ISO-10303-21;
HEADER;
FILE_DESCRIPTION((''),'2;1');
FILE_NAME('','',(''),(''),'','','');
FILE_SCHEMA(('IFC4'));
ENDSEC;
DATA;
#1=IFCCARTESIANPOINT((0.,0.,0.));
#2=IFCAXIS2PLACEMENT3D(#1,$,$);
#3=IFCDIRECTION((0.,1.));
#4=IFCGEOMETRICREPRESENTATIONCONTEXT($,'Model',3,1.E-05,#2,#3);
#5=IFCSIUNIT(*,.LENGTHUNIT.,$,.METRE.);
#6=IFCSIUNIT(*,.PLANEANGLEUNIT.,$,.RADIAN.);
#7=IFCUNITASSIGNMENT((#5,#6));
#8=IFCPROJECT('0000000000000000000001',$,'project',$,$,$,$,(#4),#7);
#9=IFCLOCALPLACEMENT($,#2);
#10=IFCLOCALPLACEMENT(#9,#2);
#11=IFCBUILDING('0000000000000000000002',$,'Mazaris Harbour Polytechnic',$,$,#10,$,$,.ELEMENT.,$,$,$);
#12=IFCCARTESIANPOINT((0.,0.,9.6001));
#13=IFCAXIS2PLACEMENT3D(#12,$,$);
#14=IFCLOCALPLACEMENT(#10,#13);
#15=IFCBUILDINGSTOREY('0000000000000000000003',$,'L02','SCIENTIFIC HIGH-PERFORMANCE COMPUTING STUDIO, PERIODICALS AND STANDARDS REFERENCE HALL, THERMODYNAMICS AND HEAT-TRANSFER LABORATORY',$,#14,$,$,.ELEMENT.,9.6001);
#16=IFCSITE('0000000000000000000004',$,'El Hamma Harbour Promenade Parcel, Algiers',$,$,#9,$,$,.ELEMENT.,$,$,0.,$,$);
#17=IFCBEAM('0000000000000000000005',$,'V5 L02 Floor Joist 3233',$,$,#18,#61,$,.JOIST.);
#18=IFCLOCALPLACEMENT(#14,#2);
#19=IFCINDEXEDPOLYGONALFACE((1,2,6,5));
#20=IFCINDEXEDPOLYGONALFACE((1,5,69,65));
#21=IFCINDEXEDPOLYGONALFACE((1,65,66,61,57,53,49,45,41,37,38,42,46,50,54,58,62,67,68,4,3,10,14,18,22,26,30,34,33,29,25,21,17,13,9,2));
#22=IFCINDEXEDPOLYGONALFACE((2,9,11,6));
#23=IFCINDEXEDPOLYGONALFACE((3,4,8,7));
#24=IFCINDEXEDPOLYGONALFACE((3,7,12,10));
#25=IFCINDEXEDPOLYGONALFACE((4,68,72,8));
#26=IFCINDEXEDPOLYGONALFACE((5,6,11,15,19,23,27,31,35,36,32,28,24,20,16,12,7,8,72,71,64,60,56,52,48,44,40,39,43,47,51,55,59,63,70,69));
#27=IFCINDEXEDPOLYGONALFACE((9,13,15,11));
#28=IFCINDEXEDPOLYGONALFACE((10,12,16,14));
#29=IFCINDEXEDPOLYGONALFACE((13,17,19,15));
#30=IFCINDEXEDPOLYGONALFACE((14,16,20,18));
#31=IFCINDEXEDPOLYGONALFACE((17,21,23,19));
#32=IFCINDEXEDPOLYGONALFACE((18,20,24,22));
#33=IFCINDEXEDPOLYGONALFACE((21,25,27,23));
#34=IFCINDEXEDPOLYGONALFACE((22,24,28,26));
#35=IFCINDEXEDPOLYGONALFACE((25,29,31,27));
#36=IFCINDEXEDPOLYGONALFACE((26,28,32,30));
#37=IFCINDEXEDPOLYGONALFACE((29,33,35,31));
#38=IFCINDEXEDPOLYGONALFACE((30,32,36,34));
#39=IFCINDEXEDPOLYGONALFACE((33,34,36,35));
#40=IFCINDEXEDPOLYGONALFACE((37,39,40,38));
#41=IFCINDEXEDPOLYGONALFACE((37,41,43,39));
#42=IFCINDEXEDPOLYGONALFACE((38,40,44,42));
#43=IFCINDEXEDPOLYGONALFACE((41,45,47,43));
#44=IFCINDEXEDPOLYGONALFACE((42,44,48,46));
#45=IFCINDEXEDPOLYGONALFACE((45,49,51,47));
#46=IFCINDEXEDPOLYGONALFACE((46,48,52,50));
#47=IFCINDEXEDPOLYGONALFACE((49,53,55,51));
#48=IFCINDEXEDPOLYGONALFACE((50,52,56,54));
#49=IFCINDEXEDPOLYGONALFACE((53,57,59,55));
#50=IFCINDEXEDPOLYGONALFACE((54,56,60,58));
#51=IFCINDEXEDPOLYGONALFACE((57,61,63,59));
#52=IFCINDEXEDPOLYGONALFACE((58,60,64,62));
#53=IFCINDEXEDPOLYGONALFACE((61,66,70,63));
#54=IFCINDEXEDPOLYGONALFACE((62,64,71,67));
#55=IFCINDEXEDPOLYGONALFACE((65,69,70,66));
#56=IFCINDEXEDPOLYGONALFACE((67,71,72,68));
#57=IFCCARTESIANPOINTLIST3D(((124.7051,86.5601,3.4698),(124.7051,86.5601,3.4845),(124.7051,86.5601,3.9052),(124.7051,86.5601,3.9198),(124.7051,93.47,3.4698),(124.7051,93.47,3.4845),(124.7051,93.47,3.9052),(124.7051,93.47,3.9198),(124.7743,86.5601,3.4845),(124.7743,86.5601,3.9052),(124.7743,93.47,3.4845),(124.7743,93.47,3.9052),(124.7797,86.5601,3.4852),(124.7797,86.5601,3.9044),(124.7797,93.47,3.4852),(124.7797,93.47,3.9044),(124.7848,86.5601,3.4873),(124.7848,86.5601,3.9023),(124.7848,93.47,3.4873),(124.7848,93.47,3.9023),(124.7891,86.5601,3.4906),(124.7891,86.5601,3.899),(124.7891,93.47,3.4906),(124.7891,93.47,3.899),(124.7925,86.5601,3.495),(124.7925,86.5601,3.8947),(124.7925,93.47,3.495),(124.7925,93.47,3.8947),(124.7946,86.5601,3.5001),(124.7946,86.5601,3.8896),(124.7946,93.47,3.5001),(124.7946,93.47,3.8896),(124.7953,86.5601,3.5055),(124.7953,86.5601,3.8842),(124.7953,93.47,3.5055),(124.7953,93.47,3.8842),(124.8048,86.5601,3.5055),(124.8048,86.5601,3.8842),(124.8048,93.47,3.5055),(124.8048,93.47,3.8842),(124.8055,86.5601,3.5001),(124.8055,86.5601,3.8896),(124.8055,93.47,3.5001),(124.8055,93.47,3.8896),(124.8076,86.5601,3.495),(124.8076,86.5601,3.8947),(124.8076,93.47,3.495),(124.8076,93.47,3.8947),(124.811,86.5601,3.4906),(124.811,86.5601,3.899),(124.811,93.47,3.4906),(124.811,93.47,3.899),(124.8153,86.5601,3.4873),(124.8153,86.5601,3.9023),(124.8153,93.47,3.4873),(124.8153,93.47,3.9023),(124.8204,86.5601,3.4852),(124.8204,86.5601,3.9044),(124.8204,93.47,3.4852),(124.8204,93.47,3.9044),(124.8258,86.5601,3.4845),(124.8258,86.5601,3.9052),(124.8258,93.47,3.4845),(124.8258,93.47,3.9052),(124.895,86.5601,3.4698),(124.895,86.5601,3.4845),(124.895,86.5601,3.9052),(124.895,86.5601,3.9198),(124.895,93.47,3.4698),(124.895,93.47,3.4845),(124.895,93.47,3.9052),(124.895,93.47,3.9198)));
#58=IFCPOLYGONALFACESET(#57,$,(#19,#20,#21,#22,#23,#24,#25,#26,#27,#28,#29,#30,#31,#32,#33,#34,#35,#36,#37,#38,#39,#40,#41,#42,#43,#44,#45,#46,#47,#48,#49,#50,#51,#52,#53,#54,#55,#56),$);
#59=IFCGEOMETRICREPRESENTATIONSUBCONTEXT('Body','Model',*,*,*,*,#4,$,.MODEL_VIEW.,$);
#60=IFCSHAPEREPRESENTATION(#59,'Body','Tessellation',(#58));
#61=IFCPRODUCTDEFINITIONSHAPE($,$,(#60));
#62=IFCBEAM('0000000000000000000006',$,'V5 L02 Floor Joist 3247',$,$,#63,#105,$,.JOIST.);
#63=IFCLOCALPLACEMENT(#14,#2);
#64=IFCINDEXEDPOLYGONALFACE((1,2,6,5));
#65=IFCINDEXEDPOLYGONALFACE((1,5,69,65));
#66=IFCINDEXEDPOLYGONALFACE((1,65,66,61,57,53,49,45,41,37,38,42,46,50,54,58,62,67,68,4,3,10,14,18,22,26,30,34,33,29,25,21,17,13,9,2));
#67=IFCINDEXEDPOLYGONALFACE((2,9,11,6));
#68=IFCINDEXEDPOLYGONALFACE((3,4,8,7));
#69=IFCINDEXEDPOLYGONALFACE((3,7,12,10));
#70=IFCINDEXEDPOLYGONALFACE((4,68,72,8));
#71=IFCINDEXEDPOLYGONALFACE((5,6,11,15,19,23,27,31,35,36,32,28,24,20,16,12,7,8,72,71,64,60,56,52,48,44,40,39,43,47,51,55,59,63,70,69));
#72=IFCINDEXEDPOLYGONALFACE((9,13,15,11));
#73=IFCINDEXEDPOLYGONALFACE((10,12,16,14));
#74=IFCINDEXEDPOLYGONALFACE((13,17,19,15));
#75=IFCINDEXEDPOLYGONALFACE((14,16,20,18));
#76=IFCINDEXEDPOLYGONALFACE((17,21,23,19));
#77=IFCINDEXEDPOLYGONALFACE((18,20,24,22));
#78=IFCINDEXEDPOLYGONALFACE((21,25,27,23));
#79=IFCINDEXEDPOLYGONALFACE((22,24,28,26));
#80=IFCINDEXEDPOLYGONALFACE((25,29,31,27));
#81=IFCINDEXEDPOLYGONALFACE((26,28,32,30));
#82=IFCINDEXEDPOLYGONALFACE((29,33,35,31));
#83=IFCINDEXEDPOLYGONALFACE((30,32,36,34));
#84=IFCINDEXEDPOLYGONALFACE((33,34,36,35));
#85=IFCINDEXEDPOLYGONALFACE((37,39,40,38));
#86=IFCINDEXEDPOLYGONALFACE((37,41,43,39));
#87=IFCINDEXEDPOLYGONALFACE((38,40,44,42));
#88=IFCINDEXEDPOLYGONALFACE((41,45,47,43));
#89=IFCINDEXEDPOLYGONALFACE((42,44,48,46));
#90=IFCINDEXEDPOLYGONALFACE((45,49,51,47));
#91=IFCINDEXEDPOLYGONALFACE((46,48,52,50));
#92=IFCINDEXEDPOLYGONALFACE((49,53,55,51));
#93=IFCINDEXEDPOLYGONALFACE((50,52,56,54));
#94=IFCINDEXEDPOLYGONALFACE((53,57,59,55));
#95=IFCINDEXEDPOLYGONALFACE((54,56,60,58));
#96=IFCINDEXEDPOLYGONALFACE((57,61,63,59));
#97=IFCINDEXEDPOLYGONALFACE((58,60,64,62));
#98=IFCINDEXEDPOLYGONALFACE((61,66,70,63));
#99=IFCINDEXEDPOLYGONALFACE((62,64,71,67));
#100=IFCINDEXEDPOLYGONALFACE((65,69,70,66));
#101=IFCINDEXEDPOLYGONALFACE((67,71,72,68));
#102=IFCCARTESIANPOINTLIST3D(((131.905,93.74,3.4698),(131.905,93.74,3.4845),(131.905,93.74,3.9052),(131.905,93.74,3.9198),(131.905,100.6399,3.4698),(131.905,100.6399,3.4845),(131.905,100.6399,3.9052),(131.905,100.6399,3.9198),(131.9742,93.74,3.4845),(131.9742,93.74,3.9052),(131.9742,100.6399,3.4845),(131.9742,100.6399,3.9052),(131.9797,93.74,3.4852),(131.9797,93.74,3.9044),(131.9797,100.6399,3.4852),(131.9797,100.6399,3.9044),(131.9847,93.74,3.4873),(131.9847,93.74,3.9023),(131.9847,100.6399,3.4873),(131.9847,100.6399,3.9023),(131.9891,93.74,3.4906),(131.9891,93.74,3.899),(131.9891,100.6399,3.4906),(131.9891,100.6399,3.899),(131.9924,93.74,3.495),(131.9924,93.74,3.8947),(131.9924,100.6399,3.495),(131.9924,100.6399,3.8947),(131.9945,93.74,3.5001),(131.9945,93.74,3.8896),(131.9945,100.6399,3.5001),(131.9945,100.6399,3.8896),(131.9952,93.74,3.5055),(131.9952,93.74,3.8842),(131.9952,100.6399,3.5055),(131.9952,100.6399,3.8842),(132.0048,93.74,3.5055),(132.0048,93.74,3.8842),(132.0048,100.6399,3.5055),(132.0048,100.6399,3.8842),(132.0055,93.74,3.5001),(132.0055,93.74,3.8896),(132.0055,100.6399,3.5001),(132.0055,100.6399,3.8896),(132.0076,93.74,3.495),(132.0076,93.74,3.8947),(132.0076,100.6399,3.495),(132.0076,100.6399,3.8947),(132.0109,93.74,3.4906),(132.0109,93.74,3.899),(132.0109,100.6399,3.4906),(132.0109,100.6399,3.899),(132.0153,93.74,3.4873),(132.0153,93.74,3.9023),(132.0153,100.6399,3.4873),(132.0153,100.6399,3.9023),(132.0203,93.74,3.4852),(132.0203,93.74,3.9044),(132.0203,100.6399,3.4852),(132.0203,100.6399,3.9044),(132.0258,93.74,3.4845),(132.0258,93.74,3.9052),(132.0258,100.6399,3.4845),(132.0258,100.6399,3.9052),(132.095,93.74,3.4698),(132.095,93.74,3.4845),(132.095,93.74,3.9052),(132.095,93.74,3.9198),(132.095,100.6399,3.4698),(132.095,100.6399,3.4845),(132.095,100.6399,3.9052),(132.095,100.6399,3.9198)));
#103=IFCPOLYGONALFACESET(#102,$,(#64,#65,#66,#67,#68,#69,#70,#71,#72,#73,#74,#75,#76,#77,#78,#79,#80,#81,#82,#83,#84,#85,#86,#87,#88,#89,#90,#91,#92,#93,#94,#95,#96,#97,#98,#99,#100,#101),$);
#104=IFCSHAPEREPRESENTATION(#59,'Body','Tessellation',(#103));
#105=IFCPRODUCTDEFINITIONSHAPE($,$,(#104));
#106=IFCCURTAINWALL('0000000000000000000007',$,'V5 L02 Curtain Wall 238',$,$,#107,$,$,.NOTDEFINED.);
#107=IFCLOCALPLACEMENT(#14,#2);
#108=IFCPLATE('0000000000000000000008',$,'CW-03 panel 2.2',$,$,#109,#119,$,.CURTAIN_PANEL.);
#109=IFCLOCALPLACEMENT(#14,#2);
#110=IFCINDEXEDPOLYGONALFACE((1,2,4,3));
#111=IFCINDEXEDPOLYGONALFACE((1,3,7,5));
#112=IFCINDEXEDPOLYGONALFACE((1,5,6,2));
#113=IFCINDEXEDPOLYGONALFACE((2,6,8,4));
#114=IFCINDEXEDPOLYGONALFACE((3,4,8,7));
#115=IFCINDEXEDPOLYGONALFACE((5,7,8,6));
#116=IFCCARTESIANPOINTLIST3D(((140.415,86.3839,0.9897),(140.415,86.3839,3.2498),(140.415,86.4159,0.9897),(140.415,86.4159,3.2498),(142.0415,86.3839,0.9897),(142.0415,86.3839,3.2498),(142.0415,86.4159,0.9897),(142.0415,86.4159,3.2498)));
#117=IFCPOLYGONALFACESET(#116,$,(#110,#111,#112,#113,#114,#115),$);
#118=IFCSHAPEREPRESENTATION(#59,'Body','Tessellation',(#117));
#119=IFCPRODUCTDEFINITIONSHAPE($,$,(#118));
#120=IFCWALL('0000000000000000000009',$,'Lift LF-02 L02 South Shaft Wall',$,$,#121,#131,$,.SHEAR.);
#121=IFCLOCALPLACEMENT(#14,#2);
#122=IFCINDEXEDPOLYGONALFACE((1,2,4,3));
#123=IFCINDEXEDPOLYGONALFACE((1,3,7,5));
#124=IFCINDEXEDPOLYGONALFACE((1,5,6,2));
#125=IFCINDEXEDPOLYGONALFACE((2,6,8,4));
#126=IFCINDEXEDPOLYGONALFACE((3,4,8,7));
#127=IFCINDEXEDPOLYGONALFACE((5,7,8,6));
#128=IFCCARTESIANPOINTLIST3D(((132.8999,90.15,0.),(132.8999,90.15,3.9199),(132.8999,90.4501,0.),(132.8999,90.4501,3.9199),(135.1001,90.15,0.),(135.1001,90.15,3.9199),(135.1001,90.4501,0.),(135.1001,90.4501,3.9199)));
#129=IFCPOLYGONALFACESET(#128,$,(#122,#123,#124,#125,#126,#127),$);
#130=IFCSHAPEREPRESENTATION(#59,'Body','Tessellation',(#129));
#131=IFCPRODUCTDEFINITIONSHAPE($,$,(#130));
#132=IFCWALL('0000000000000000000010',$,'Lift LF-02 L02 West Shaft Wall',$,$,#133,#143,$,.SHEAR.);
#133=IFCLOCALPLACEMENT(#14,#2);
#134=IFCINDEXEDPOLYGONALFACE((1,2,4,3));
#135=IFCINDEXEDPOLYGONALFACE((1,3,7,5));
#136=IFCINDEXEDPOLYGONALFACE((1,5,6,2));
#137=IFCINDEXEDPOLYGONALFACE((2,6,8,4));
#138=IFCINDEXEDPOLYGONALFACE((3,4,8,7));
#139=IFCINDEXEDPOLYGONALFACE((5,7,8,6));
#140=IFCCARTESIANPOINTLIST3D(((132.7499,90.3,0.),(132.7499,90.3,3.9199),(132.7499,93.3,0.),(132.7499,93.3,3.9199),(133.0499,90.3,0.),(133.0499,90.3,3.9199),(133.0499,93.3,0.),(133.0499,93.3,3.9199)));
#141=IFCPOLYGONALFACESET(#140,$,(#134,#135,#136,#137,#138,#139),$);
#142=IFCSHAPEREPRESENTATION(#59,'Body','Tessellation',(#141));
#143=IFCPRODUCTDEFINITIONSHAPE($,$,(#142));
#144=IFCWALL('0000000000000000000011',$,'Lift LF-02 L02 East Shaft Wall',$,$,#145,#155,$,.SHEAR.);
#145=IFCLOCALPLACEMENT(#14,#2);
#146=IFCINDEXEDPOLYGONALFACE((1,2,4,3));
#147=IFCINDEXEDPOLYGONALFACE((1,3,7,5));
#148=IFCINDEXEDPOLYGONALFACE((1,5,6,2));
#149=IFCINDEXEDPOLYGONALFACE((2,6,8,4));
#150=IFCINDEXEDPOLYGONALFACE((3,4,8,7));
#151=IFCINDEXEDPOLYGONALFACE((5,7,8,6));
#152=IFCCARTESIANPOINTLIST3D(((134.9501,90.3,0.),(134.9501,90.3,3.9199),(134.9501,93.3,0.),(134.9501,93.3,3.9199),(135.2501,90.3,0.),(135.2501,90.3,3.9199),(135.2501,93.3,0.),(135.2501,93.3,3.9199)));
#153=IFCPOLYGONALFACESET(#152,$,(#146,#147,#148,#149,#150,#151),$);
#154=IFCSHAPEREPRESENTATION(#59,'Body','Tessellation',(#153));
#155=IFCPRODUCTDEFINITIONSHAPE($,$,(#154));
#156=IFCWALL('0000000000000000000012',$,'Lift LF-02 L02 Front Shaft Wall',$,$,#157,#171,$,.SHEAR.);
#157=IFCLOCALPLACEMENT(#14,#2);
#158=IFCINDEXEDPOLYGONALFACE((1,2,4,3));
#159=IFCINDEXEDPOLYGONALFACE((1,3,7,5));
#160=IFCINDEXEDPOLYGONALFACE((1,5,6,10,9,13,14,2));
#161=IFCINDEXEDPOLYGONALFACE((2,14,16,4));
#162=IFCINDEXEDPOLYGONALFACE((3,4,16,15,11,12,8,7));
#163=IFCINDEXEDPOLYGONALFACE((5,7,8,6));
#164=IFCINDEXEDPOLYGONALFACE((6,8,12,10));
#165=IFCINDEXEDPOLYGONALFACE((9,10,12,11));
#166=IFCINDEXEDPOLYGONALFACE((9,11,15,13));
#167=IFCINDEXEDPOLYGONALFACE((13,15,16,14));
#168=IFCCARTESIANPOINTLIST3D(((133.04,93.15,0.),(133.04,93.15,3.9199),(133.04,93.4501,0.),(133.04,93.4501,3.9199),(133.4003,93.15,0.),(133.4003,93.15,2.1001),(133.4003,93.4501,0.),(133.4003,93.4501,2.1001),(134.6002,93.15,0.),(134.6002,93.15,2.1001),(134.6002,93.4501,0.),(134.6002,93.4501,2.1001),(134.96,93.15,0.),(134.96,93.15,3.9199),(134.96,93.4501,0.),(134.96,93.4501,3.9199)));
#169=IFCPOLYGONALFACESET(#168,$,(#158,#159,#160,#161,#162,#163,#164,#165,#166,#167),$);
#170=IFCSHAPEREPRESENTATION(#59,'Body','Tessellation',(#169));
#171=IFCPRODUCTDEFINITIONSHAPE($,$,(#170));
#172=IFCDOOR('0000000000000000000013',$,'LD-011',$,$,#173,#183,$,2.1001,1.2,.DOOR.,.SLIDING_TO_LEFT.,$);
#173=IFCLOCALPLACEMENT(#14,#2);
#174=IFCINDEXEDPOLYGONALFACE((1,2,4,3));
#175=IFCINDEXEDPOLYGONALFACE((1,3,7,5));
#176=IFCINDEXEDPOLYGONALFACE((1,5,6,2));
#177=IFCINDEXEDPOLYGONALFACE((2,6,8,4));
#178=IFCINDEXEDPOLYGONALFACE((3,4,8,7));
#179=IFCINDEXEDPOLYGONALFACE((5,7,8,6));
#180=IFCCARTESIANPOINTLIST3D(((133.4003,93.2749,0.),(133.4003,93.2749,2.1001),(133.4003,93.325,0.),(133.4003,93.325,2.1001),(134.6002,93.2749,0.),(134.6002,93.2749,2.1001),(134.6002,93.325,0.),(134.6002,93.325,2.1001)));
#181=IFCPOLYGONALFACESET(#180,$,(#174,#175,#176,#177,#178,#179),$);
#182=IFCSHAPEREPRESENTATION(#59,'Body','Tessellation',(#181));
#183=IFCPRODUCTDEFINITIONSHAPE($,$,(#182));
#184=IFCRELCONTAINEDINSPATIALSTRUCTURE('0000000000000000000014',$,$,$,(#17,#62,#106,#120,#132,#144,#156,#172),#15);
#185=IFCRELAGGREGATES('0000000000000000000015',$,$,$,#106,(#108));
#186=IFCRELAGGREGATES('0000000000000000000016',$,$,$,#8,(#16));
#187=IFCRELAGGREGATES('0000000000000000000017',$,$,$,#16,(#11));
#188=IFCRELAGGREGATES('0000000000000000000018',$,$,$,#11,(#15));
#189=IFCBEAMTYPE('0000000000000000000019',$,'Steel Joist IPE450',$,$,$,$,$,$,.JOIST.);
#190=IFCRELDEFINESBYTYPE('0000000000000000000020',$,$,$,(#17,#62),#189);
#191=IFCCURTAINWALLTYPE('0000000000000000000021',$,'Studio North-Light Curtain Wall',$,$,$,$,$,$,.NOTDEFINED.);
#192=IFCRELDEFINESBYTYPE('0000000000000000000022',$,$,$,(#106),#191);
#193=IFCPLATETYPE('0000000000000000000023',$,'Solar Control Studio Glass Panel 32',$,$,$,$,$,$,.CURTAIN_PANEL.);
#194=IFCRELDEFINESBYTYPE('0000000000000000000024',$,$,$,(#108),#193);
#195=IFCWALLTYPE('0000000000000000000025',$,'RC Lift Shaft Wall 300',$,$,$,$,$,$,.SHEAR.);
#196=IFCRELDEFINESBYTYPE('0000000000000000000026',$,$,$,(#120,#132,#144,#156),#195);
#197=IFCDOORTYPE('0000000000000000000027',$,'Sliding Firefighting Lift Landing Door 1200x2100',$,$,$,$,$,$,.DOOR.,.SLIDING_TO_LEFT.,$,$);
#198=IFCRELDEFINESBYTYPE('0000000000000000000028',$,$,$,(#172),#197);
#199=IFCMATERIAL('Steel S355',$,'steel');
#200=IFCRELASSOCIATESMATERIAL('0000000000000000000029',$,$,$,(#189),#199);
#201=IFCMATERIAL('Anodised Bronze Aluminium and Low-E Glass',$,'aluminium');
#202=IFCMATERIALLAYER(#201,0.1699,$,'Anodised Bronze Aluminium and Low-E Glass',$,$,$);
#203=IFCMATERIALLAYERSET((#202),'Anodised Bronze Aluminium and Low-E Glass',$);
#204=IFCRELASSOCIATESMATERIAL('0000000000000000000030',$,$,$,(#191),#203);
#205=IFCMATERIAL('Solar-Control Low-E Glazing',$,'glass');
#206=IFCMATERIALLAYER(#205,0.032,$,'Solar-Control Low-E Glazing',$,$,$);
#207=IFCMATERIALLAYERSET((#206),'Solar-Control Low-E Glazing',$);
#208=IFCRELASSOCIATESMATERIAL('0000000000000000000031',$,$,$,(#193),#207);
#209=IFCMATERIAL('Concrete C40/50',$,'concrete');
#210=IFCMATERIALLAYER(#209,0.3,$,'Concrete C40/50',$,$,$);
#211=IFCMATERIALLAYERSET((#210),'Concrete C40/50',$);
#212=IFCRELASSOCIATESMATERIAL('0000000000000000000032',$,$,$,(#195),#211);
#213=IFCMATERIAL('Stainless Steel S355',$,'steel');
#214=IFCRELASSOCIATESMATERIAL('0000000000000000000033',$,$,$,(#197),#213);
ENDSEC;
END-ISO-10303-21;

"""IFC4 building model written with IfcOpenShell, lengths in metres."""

from ifc_helpers import new_model, si_unit, direction, frame, frame_2d, origin, origin_2d, place, context, subcontext, project, spatial, rectangle, i_section, extrude, material, layer, layer_set, material_profile, profile_set, type_object, element, fill, aggregate, save


model = new_model("IFC4")

# Units and contexts
model_context = context("Model", 3, precision=1e-05, world=origin(), true_north=direction((0.0, 1.0)))
body_context = subcontext(model_context, "Body", "Model", "MODEL_VIEW")
ifc_project = project(units=[si_unit("LENGTHUNIT", "METRE"), si_unit("PLANEANGLEUNIT", "RADIAN")], contexts=[model_context])

# Site, building, storey
site_placement = place(None, origin())
site = spatial("IfcSite", under=ifc_project, at=site_placement, Name="El Hamma Harbour Promenade Parcel, Algiers", CompositionType="ELEMENT", RefElevation=0.0)
building_placement = place(site_placement, origin())
building = spatial("IfcBuilding", under=site, at=building_placement, Name="Mazaris Harbour Polytechnic", CompositionType="ELEMENT")
storey_placement = place(building_placement, frame((0.0, 0.0, 9.6001)))
storey = spatial("IfcBuildingStorey", under=building, at=storey_placement, Name="L02", Description="SCIENTIFIC HIGH-PERFORMANCE COMPUTING STUDIO, PERIODICALS AND STANDARDS REFERENCE HALL, THERMODYNAMICS AND HEAT-TRANSFER LABORATORY", CompositionType="ELEMENT", Elevation=9.6001)

# Beams
ifc_material_1 = material(Name="Steel S355", Category="steel")
ifc_material_profile_1 = material_profile(ifc_material_1, i_section(OverallWidth=0.1899, OverallDepth=0.45, WebThickness=0.0095, FlangeThickness=0.0146, FilletRadius=0.021, at=origin_2d()), Name="IPE 450")
ifc_profile_set_1 = profile_set([ifc_material_profile_1], Name="Steel S355")
beam_type_1 = type_object("IfcBeamType", Name="Steel Joist IPE450", PredefinedType="JOIST", material=ifc_profile_set_1)
beam_1_placement = place(storey_placement, frame((124.8, 86.5601, 3.6948), z_axis=(0.0, 1.0, 0.0), x_axis=(-1.0, 0.0, 0.0)))
element("IfcBeam", 1, at=beam_1_placement, inside=storey, type_object=beam_type_1, Name="V5 L02 Floor Joist 3233", PredefinedType="JOIST", context=body_context, shape_type="SweptSolid", body=[
    extrude(i_section(OverallWidth=0.1899, OverallDepth=0.45, WebThickness=0.0095, FlangeThickness=0.0146, FilletRadius=0.021, at=origin_2d()), origin(), (0.0, 0.0, 1.0), 6.9099),
])
beam_2_placement = place(storey_placement, frame((132.0, 93.74, 3.6948), z_axis=(0.0, 1.0, 0.0), x_axis=(-1.0, 0.0, 0.0)))
element("IfcBeam", 2, at=beam_2_placement, inside=storey, type_object=beam_type_1, Name="V5 L02 Floor Joist 3247", PredefinedType="JOIST", context=body_context, shape_type="SweptSolid", body=[
    extrude(i_section(OverallWidth=0.1899, OverallDepth=0.45, WebThickness=0.0095, FlangeThickness=0.0146, FilletRadius=0.021, at=origin_2d()), origin(), (0.0, 0.0, 1.0), 6.8999),
])

# Curtain wall, plate
ifc_material_2 = material(Name="Anodised Bronze Aluminium and Low-E Glass", Category="aluminium")
ifc_layer_1 = layer(ifc_material_2, 0.1699, Name="Anodised Bronze Aluminium and Low-E Glass")
ifc_layer_set_1 = layer_set([ifc_layer_1], Name="Anodised Bronze Aluminium and Low-E Glass")
curtain_wall_type = type_object("IfcCurtainWallType", Name="Studio North-Light Curtain Wall", PredefinedType="NOTDEFINED", material=ifc_layer_set_1)
curtain_wall_placement = place(storey_placement, origin())
curtain_wall = element("IfcCurtainWall", 3, at=curtain_wall_placement, inside=storey, type_object=curtain_wall_type, Name="V5 L02 Curtain Wall 238", PredefinedType="NOTDEFINED")
ifc_material_3 = material(Name="Solar-Control Low-E Glazing", Category="glass")
ifc_layer_2 = layer(ifc_material_3, 0.032, Name="Solar-Control Low-E Glazing")
ifc_layer_set_2 = layer_set([ifc_layer_2], Name="Solar-Control Low-E Glazing")
plate_type = type_object("IfcPlateType", Name="Solar Control Studio Glass Panel 32", PredefinedType="CURTAIN_PANEL", material=ifc_layer_set_2)
plate_placement = place(storey_placement, frame((141.2283, 86.3999, 0.9897), z_axis=(0.0, 0.0, 1.0), x_axis=(-1.0, 0.0, 0.0)))
plate = element("IfcPlate", 4, at=plate_placement, type_object=plate_type, Name="CW-03 panel 2.2", PredefinedType="CURTAIN_PANEL", context=body_context, shape_type="SweptSolid", body=[
    extrude(rectangle(XDim=1.6265, YDim=0.032, at=origin_2d()), origin(), (0.0, 0.0, 1.0), 2.26),
])
aggregate(curtain_wall, [plate])

# Walls
ifc_material_4 = material(Name="Concrete C40/50", Category="concrete")
ifc_layer_3 = layer(ifc_material_4, 0.3, Name="Concrete C40/50")
ifc_layer_set_3 = layer_set([ifc_layer_3], Name="Concrete C40/50")
wall_type = type_object("IfcWallType", Name="RC Lift Shaft Wall 300", PredefinedType="SHEAR", material=ifc_layer_set_3)
wall_1_placement = place(storey_placement, frame((132.8999, 90.3, 0.0), z_axis=(0.0, 0.0, 1.0), x_axis=(1.0, 0.0, 0.0)))
element("IfcWall", 5, at=wall_1_placement, inside=storey, type_object=wall_type, Name="Lift LF-02 L02 South Shaft Wall", PredefinedType="SHEAR", context=body_context, shape_type="SweptSolid", body=[
    extrude(rectangle(XDim=2.2002, YDim=0.3, at=frame_2d((1.1001, 0.0))), origin(), (0.0, 0.0, 1.0), 3.9199),
])
for number, where, z_axis, x_axis, name in (
    (6, (132.8999, 93.3, 0.0), (0.0, 0.0, 1.0), (0.0, -1.0, 0.0), "Lift LF-02 L02 West Shaft Wall"),
    (7, (135.1001, 90.3, 0.0), (0.0, 0.0, 1.0), (0.0, 1.0, 0.0), "Lift LF-02 L02 East Shaft Wall"),
):
    element("IfcWall", number, at=place(storey_placement, frame(where, z_axis=z_axis, x_axis=x_axis)), inside=storey, type_object=wall_type, Name=name, PredefinedType="SHEAR", context=body_context, shape_type="SweptSolid", body=[
        extrude(rectangle(XDim=3.0, YDim=0.3, at=frame_2d((1.5, 0.0))), origin(), (0.0, 0.0, 1.0), 3.9199),
    ])

# Wall, opening, door
wall_2_placement = place(storey_placement, frame((133.04, 93.3, 0.0), z_axis=(0.0, 0.0, 1.0), x_axis=(1.0, 0.0, 0.0)))
wall_2 = element("IfcWall", 8, at=wall_2_placement, inside=storey, type_object=wall_type, Name="Lift LF-02 L02 Front Shaft Wall", PredefinedType="SHEAR", context=body_context, shape_type="SweptSolid", body=[
    extrude(rectangle(XDim=1.9199, YDim=0.3, at=frame_2d((0.96, 0.0))), origin(), (0.0, 0.0, 1.0), 3.9199),
])
opening_placement = place(wall_2_placement, frame((0.3601, 0.0, 0.0)))
opening = element("IfcOpeningElement", 9, at=opening_placement, cuts=wall_2, PredefinedType="OPENING", context=body_context, shape_type="SweptSolid", body=[
    extrude(rectangle(XDim=1.2, YDim=2.1001, at=frame_2d((0.6001, 1.05))), frame((0.0, 0.1599, 0.0), z_axis=(0.0, -1.0, 0.0), x_axis=(1.0, 0.0, 0.0)), (0.0, 0.0, 1.0), 0.3201),
])
ifc_material_5 = material(Name="Stainless Steel S355", Category="steel")
door_type = type_object("IfcDoorType", Name="Sliding Firefighting Lift Landing Door 1200x2100", OperationType="SLIDING_TO_LEFT", PredefinedType="DOOR", material=ifc_material_5)
door_placement = place(opening_placement, origin())
door = element("IfcDoor", 10, at=door_placement, inside=storey, type_object=door_type, Name="LD-011", OperationType="SLIDING_TO_LEFT", OverallHeight=2.1001, OverallWidth=1.2, PredefinedType="DOOR", context=body_context, shape_type="SweptSolid", body=[
    extrude(rectangle(XDim=1.2, YDim=2.1001, at=frame_2d((0.6001, 1.05))), frame((0.0, 0.0249, 0.0), z_axis=(0.0, -1.0, 0.0), x_axis=(1.0, 0.0, 0.0)), (0.0, 0.0, 1.0), 0.05),
])
fill(opening, door)

save(model, "model.ifc")
